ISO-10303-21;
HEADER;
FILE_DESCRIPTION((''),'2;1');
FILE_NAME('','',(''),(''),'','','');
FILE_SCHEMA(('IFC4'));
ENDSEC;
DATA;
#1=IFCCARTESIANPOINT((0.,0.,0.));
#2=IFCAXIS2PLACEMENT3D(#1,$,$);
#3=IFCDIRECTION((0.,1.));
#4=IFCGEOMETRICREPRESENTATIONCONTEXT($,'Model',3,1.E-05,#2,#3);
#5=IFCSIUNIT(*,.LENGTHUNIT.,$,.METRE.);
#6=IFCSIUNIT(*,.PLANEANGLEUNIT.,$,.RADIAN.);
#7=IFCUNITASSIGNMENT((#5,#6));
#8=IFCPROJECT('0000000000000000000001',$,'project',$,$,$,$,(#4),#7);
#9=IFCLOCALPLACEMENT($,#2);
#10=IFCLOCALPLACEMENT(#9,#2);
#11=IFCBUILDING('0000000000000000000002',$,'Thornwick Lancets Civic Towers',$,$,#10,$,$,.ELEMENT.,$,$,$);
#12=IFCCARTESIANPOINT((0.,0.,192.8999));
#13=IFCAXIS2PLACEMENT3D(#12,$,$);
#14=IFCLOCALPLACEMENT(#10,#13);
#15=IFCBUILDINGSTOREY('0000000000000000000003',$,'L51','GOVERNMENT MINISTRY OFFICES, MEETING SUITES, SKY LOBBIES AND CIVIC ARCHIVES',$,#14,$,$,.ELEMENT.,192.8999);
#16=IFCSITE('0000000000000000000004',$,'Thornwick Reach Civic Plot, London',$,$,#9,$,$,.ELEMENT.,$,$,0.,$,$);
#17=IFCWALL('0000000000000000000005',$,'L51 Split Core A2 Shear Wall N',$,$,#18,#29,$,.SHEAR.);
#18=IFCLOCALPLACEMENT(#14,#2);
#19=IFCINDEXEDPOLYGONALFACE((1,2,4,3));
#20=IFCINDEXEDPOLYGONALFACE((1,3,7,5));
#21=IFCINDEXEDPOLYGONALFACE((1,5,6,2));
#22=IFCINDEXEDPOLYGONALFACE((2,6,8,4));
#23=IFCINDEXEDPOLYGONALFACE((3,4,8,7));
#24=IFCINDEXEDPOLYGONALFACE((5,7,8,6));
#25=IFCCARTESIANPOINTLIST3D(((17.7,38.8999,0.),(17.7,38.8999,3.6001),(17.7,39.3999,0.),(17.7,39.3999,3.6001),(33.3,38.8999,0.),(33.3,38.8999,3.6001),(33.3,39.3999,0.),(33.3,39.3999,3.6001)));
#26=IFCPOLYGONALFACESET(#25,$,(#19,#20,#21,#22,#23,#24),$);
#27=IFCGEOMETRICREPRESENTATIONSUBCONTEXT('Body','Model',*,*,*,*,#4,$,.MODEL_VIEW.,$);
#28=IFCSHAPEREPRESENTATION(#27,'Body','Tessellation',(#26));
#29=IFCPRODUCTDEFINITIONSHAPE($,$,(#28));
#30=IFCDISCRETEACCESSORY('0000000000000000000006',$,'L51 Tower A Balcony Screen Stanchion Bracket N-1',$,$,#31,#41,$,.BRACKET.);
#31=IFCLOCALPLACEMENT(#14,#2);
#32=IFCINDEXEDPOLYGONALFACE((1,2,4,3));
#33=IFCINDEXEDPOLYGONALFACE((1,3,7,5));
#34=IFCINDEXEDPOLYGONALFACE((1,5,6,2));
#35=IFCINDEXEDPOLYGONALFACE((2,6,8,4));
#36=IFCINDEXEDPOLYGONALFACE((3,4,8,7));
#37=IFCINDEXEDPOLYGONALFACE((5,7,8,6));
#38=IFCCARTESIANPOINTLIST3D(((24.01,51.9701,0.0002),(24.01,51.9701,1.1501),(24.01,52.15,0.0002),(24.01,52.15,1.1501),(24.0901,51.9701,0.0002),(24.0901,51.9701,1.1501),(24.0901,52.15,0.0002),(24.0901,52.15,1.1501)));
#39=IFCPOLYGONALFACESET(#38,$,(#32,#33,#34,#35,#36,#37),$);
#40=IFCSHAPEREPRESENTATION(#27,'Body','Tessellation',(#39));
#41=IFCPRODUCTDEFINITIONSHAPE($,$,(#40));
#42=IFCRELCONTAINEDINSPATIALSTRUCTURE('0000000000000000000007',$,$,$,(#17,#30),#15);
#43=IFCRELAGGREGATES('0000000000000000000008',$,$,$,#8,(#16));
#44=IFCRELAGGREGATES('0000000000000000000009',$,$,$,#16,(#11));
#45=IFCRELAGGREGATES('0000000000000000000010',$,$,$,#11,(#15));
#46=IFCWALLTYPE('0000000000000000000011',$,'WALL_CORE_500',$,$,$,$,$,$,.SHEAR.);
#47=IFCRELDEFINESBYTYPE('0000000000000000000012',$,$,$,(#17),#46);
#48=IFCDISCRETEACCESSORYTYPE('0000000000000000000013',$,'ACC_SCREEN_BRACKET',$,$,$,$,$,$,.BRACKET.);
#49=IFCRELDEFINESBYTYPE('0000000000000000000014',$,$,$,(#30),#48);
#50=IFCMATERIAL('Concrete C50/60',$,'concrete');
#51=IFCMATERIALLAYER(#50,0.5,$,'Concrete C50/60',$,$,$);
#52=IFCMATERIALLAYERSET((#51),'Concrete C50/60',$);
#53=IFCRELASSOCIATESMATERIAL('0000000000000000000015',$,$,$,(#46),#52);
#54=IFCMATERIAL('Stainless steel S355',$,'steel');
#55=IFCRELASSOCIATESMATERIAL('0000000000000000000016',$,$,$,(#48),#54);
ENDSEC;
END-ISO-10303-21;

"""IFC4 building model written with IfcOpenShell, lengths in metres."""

from ifc_helpers import new_model, si_unit, direction, frame, frame_2d, origin, origin_2d, place, context, subcontext, project, spatial, rectangle, extrude, material, layer, layer_set, type_object, element, save


model = new_model("IFC4")

# Units and contexts
model_context = context("Model", 3, precision=1e-05, world=origin(), true_north=direction((0.0, 1.0)))
body_context = subcontext(model_context, "Body", "Model", "MODEL_VIEW")
ifc_project = project(units=[si_unit("LENGTHUNIT", "METRE"), si_unit("PLANEANGLEUNIT", "RADIAN")], contexts=[model_context])

# Site, building, storey
site_placement = place(None, origin())
site = spatial("IfcSite", under=ifc_project, at=site_placement, Name="Thornwick Reach Civic Plot, London", CompositionType="ELEMENT", RefElevation=0.0)
building_placement = place(site_placement, origin())
building = spatial("IfcBuilding", under=site, at=building_placement, Name="Thornwick Lancets Civic Towers", CompositionType="ELEMENT")
storey_placement = place(building_placement, frame((0.0, 0.0, 192.8999)))
storey = spatial("IfcBuildingStorey", under=building, at=storey_placement, Name="L51", Description="GOVERNMENT MINISTRY OFFICES, MEETING SUITES, SKY LOBBIES AND CIVIC ARCHIVES", CompositionType="ELEMENT", Elevation=192.8999)

# Shared definitions
ifc_material_1 = material(Name="Concrete C50/60", Category="concrete")

# Wall
ifc_layer_1 = layer(ifc_material_1, 0.5, Name="Concrete C50/60")
ifc_layer_set_1 = layer_set([ifc_layer_1], Name="Concrete C50/60")
wall_type_1 = type_object("IfcWallType", Name="WALL_CORE_500", PredefinedType="SHEAR", material=ifc_layer_set_1)
wall_1_placement = place(storey_placement, frame((17.7, 39.1499, 0.0), z_axis=(0.0, 0.0, 1.0), x_axis=(1.0, 0.0, 0.0)))
element("IfcWall", 1, at=wall_1_placement, inside=storey, type_object=wall_type_1, Name="L51 Split Core A2 Shear Wall N", PredefinedType="SHEAR", context=body_context, shape_type="SweptSolid", body=[
    extrude(rectangle(XDim=15.6001, YDim=0.5, at=frame_2d((7.8, 0.0))), origin(), (0.0, 0.0, 1.0), 3.6001),
])

# Discrete accessory
ifc_material_2 = material(Name="Stainless steel S355", Category="steel")
discrete_accessory_type = type_object("IfcDiscreteAccessoryType", Name="ACC_SCREEN_BRACKET", PredefinedType="BRACKET", material=ifc_material_2)
discrete_accessory_placement = place(storey_placement, frame((24.05, 52.0601, 0.0002), z_axis=(0.0, 0.0, 1.0), x_axis=(1.0, 0.0, 0.0)))
element("IfcDiscreteAccessory", 2, at=discrete_accessory_placement, inside=storey, type_object=discrete_accessory_type, Name="L51 Tower A Balcony Screen Stanchion Bracket N-1", PredefinedType="BRACKET", context=body_context, shape_type="SweptSolid", body=[
    extrude(rectangle(XDim=0.0801, YDim=0.1799, at=origin_2d()), origin(), (0.0, 0.0, 1.0), 1.1499),
])

save(model, "model.ifc")
